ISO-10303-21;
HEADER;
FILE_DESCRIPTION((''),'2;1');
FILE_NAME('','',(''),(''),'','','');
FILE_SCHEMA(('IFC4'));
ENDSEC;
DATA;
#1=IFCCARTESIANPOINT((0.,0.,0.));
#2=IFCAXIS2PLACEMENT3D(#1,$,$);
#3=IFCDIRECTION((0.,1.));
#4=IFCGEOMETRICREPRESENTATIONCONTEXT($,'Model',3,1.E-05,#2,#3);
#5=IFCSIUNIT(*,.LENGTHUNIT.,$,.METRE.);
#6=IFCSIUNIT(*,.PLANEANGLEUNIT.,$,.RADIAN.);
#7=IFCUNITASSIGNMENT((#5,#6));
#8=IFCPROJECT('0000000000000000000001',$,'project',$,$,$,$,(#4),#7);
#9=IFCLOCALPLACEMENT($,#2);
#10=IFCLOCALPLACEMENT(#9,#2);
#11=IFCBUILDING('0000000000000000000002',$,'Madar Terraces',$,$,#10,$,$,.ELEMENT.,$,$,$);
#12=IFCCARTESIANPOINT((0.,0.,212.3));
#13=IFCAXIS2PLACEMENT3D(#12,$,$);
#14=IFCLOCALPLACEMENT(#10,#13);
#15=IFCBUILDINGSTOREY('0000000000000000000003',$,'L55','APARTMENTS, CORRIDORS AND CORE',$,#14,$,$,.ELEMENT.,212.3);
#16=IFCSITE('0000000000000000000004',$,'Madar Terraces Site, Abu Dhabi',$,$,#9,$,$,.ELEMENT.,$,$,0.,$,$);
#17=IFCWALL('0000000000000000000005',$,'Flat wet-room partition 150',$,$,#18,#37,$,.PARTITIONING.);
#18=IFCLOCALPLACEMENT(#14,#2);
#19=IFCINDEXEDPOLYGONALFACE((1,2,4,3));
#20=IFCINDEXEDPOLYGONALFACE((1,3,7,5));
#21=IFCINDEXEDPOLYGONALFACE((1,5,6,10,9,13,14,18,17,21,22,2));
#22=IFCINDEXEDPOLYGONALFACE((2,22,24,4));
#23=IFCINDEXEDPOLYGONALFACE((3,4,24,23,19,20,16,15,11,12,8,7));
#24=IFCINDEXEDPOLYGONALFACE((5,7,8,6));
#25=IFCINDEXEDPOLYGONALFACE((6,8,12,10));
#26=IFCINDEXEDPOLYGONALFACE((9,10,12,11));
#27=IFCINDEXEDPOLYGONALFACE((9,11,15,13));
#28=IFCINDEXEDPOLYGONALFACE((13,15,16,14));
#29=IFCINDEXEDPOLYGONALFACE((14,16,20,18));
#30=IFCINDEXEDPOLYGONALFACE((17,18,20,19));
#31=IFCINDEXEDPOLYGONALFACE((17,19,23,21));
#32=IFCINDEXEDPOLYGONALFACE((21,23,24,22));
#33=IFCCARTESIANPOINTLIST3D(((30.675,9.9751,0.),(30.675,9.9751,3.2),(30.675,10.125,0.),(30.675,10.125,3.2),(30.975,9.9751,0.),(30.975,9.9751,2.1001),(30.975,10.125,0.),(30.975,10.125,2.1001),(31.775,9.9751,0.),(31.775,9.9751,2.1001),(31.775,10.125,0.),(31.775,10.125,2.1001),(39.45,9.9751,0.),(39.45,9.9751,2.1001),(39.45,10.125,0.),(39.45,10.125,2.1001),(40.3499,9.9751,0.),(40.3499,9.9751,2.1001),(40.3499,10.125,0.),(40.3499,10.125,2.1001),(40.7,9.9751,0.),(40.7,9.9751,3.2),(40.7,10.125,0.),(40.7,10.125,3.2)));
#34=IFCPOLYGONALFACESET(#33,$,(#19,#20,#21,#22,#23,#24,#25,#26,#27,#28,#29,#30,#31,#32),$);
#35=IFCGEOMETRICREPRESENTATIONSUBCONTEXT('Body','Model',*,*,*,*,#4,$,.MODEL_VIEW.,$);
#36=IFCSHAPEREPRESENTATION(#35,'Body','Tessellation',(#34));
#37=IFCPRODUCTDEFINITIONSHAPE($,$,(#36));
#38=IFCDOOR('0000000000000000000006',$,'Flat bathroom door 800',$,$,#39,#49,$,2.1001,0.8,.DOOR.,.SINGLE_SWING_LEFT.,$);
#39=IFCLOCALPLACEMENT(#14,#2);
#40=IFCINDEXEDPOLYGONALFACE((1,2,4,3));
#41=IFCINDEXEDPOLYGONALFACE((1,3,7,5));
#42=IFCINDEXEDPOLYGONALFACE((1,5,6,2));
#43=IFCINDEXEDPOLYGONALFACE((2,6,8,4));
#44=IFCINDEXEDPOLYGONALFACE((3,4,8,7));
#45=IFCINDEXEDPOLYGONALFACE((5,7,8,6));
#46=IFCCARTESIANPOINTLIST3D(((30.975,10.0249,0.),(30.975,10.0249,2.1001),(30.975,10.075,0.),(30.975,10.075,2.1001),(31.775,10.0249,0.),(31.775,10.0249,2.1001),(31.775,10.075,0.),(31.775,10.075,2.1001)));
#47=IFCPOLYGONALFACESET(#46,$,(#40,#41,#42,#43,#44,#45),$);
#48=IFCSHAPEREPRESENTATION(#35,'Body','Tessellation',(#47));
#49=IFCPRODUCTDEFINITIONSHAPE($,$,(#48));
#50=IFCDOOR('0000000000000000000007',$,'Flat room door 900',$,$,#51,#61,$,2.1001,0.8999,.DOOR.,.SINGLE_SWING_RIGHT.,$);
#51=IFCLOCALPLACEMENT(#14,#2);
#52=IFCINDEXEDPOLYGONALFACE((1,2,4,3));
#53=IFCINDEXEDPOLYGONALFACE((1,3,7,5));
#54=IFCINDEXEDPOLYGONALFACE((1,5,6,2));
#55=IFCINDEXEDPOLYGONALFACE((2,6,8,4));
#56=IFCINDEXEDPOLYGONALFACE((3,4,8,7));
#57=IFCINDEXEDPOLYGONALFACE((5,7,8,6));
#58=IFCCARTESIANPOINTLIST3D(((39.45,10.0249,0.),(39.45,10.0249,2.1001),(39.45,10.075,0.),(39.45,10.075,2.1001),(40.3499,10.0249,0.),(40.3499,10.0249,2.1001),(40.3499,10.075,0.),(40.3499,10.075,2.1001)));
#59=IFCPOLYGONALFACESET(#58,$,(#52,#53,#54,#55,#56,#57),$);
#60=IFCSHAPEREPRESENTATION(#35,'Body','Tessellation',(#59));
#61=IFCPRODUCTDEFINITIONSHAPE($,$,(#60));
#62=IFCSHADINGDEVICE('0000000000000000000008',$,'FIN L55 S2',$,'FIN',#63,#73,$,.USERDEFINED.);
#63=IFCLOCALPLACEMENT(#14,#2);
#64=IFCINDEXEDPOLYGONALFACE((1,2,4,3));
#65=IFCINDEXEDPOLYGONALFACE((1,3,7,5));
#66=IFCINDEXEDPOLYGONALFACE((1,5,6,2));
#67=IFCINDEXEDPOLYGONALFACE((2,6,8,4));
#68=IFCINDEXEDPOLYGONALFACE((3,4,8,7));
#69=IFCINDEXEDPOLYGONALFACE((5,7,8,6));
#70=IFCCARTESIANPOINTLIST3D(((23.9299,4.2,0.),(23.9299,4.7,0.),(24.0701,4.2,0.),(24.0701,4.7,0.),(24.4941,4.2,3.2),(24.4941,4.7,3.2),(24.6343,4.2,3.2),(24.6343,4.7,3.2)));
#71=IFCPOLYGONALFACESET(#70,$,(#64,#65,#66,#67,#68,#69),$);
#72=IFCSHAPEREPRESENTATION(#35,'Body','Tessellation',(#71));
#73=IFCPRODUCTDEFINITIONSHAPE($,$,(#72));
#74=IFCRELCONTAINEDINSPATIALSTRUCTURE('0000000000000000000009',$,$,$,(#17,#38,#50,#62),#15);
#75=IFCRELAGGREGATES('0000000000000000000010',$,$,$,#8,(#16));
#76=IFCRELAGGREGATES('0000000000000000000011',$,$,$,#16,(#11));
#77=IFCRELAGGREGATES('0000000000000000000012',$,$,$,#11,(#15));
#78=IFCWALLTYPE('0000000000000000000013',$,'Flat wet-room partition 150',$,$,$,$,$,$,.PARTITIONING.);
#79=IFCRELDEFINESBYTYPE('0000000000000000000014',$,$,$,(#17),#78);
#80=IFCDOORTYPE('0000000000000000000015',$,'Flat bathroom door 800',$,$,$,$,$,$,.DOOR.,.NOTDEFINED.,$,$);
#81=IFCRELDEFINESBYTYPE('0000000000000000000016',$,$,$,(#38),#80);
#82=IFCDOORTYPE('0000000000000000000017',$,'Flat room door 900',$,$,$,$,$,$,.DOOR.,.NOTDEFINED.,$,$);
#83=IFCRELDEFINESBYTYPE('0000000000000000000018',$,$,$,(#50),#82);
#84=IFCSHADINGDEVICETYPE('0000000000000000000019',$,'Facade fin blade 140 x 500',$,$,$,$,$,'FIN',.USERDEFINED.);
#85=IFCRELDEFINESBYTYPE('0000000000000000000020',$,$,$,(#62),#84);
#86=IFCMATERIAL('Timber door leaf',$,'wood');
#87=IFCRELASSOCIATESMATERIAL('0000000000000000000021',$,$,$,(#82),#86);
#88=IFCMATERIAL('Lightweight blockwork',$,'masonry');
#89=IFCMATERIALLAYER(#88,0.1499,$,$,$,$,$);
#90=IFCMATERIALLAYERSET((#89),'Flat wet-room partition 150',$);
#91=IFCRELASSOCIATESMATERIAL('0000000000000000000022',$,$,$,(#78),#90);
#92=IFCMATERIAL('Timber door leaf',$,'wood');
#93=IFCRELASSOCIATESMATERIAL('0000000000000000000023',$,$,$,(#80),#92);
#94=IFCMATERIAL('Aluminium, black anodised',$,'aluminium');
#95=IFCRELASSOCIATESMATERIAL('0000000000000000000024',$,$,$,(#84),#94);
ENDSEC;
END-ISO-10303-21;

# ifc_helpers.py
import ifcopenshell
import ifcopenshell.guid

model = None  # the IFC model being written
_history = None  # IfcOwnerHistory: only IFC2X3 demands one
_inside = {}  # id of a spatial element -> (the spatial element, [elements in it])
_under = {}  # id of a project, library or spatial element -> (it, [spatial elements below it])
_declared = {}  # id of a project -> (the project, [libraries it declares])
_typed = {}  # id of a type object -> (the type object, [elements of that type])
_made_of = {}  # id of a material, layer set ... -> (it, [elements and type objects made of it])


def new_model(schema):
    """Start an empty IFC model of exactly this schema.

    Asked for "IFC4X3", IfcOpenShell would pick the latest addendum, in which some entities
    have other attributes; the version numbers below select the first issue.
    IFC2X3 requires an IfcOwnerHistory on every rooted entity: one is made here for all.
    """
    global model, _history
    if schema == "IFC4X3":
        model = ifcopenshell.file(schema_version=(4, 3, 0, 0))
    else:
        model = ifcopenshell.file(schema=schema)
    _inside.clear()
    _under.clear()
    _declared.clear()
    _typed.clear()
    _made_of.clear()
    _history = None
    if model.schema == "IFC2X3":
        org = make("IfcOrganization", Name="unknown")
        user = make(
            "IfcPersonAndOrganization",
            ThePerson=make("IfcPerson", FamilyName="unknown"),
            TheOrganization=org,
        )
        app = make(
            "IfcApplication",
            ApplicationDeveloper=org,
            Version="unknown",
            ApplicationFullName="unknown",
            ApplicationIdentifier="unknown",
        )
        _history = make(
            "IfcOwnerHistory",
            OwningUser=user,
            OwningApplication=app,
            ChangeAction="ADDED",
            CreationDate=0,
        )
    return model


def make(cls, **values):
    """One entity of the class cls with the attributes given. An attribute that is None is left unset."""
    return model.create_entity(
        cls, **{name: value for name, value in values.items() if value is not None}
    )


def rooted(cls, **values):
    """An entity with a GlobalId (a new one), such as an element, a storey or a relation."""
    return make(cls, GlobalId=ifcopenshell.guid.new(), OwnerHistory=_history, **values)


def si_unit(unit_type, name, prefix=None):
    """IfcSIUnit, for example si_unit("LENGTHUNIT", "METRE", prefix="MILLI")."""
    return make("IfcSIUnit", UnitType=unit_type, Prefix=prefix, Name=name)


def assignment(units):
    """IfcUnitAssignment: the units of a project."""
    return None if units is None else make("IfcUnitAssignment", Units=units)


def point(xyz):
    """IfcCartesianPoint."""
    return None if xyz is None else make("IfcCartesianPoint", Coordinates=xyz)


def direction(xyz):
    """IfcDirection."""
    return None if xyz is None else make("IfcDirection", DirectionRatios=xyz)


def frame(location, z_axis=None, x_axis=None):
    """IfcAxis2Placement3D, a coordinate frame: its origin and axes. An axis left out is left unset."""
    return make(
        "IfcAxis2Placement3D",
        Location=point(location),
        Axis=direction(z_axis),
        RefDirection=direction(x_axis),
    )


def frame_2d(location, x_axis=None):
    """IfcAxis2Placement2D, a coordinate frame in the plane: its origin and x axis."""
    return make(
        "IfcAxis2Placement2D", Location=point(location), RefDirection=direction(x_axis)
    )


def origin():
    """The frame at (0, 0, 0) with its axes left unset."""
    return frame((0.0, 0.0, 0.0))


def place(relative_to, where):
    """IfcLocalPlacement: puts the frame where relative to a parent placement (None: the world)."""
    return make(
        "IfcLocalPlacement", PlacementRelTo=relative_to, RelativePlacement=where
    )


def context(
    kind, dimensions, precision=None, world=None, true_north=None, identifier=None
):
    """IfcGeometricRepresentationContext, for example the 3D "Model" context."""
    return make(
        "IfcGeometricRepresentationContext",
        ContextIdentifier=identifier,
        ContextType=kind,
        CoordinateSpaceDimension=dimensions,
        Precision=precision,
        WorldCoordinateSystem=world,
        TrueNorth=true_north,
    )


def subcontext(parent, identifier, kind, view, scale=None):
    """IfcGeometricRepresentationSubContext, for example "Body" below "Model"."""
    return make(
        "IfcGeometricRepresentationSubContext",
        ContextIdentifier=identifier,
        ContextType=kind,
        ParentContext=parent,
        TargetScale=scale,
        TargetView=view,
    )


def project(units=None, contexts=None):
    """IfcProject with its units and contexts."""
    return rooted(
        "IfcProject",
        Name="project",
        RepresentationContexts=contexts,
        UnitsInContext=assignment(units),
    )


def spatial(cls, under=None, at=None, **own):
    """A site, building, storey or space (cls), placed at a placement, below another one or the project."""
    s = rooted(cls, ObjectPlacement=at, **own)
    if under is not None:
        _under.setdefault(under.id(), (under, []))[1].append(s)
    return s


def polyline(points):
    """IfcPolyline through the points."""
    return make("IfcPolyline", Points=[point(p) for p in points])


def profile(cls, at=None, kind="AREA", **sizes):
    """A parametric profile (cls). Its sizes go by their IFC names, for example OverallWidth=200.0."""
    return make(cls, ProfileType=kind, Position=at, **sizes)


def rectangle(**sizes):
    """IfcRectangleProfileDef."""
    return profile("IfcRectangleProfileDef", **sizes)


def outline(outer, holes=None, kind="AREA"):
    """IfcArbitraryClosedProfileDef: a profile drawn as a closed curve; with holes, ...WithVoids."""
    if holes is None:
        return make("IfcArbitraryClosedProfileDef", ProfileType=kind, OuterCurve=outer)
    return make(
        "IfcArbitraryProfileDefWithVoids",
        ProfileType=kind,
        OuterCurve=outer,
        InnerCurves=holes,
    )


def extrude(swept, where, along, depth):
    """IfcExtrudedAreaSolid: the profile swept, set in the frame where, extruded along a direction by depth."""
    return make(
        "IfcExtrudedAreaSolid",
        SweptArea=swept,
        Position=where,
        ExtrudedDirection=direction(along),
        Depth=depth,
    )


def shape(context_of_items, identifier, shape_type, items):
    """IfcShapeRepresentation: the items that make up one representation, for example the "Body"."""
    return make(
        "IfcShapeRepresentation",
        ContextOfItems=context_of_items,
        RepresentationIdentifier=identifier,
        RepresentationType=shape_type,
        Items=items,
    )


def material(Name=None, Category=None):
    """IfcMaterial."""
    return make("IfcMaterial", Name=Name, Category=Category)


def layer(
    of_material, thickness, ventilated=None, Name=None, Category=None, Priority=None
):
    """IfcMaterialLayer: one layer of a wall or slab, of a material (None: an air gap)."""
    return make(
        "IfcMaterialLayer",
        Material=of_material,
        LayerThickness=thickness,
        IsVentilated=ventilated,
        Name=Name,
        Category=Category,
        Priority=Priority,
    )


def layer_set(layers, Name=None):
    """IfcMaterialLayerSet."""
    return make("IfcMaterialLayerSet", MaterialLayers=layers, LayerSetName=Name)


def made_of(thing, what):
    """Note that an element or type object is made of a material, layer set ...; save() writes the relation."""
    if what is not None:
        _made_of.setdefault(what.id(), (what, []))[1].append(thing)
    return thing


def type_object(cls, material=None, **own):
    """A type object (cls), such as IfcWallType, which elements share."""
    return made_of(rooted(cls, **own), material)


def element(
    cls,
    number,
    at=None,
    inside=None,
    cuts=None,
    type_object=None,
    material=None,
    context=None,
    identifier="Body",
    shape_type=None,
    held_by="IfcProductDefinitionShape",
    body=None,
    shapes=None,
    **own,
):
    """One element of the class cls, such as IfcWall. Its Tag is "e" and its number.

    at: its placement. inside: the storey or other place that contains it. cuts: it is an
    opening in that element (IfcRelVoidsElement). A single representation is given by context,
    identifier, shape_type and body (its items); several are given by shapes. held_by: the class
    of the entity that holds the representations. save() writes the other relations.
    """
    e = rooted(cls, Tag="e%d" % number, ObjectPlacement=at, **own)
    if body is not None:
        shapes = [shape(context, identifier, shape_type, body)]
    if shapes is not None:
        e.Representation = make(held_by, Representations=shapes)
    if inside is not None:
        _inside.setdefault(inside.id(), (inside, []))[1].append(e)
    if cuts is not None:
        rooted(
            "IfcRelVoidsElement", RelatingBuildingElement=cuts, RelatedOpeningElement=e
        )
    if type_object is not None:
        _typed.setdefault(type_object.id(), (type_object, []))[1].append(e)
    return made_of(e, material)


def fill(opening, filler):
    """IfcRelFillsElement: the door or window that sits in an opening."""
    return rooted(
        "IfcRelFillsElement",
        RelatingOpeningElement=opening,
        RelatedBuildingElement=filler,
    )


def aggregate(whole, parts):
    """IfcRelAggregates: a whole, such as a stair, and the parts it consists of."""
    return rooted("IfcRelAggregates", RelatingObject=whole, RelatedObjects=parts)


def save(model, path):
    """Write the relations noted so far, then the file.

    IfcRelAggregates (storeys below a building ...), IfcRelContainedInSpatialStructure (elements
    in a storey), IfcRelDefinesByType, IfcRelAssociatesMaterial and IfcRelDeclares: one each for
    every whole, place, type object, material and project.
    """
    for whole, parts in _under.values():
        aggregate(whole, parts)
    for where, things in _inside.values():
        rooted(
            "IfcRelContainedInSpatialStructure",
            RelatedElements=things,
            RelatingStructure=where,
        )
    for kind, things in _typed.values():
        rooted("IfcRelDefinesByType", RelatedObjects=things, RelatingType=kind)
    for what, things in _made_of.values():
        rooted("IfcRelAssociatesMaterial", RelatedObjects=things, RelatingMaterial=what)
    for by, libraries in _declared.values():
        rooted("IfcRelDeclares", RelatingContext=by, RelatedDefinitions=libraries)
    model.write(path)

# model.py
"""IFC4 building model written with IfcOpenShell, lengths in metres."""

from ifc_helpers import new_model, si_unit, direction, frame, frame_2d, origin, place, context, subcontext, project, spatial, polyline, rectangle, outline, extrude, material, layer, layer_set, type_object, element, fill, save


model = new_model("IFC4")

# Units and contexts
model_context = context("Model", 3, precision=1e-05, world=origin(), true_north=direction((0.0, 1.0)))
body_context = subcontext(model_context, "Body", "Model", "MODEL_VIEW")
ifc_project = project(units=[si_unit("LENGTHUNIT", "METRE"), si_unit("PLANEANGLEUNIT", "RADIAN")], contexts=[model_context])

# Site, building, storey
site_placement = place(None, origin())
site = spatial("IfcSite", under=ifc_project, at=site_placement, Name="Madar Terraces Site, Abu Dhabi", CompositionType="ELEMENT", RefElevation=0.0)
building_placement = place(site_placement, origin())
building = spatial("IfcBuilding", under=site, at=building_placement, Name="Madar Terraces", CompositionType="ELEMENT")
storey_placement = place(building_placement, frame((0.0, 0.0, 212.3)))
storey = spatial("IfcBuildingStorey", under=building, at=storey_placement, Name="L55", Description="APARTMENTS, CORRIDORS AND CORE", CompositionType="ELEMENT", Elevation=212.3)

# Shared definitions
ifc_material_1 = material(Name="Timber door leaf", Category="wood")
door_type_1 = type_object("IfcDoorType", Name="Flat room door 900", OperationType="NOTDEFINED", PredefinedType="DOOR", material=ifc_material_1)

# Shared definitions
ifc_material_2 = material(Name="Lightweight blockwork", Category="masonry")
ifc_layer_1 = layer(ifc_material_2, 0.1499)
ifc_layer_set_1 = layer_set([ifc_layer_1], Name="Flat wet-room partition 150")
wall_type_1 = type_object("IfcWallType", Name="Flat wet-room partition 150", PredefinedType="PARTITIONING", material=ifc_layer_set_1)

# Wall, openings, doors
wall_1_placement = place(storey_placement, frame((30.675, 10.05, 0.0), z_axis=(0.0, 0.0, 1.0), x_axis=(1.0, 0.0, 0.0)))
wall_1 = element("IfcWall", 1, at=wall_1_placement, inside=storey, type_object=wall_type_1, Name="Flat wet-room partition 150", PredefinedType="PARTITIONING", context=body_context, shape_type="SweptSolid", body=[
    extrude(rectangle(XDim=10.0249, YDim=0.1499, at=frame_2d((5.0125, 0.0))), origin(), (0.0, 0.0, 1.0), 3.2),
])
opening_1_placement = place(wall_1_placement, frame((0.3, 0.0, 0.0)))
opening_1 = element("IfcOpeningElement", 2, at=opening_1_placement, cuts=wall_1, PredefinedType="OPENING", context=body_context, shape_type="SweptSolid", body=[
    extrude(rectangle(XDim=0.8, YDim=2.1001, at=frame_2d((0.3999, 1.05))), frame((0.0, 0.085, 0.0), z_axis=(0.0, -1.0, 0.0), x_axis=(1.0, 0.0, 0.0)), (0.0, 0.0, 1.0), 0.1699),
])
opening_2_placement = place(wall_1_placement, frame((8.7749, 0.0, 0.0)))
opening_2 = element("IfcOpeningElement", 3, at=opening_2_placement, cuts=wall_1, PredefinedType="OPENING", context=body_context, shape_type="SweptSolid", body=[
    extrude(rectangle(XDim=0.8999, YDim=2.1001, at=frame_2d((0.45, 1.05))), frame((0.0, 0.085, 0.0), z_axis=(0.0, -1.0, 0.0), x_axis=(1.0, 0.0, 0.0)), (0.0, 0.0, 1.0), 0.1699),
])
ifc_material_3 = material(Name="Timber door leaf", Category="wood")
door_type_2 = type_object("IfcDoorType", Name="Flat bathroom door 800", OperationType="NOTDEFINED", PredefinedType="DOOR", material=ifc_material_3)
door_1_placement = place(opening_1_placement, origin())
door_1 = element("IfcDoor", 4, at=door_1_placement, inside=storey, type_object=door_type_2, Name="Flat bathroom door 800", OperationType="SINGLE_SWING_LEFT", OverallHeight=2.1001, OverallWidth=0.8, PredefinedType="DOOR", context=body_context, shape_type="SweptSolid", body=[
    extrude(rectangle(XDim=0.8, YDim=2.1001, at=frame_2d((0.3999, 1.05))), frame((0.0, 0.0249, 0.0), z_axis=(0.0, -1.0, 0.0), x_axis=(1.0, 0.0, 0.0)), (0.0, 0.0, 1.0), 0.05),
])
fill(opening_1, door_1)
door_2_placement = place(opening_2_placement, origin())
door_2 = element("IfcDoor", 5, at=door_2_placement, inside=storey, type_object=door_type_1, Name="Flat room door 900", OperationType="SINGLE_SWING_RIGHT", OverallHeight=2.1001, OverallWidth=0.8999, PredefinedType="DOOR", context=body_context, shape_type="SweptSolid", body=[
    extrude(rectangle(XDim=0.8999, YDim=2.1001, at=frame_2d((0.45, 1.05))), frame((0.0, 0.0249, 0.0), z_axis=(0.0, -1.0, 0.0), x_axis=(1.0, 0.0, 0.0)), (0.0, 0.0, 1.0), 0.05),
])
fill(opening_2, door_2)

# Shading device
ifc_material_4 = material(Name="Aluminium, black anodised", Category="aluminium")
shading_device_type = type_object("IfcShadingDeviceType", Name="Facade fin blade 140 x 500", ElementType="FIN", PredefinedType="USERDEFINED", material=ifc_material_4)
shading_device_placement = place(storey_placement, frame((23.9299, 4.45, 0.0), z_axis=(0.0, 0.0, 1.0), x_axis=(1.0, 0.0, 0.0)))
element("IfcShadingDevice", 6, at=shading_device_placement, inside=storey, type_object=shading_device_type, Name="FIN L55 S2", ObjectType="FIN", PredefinedType="USERDEFINED", context=body_context, shape_type="SweptSolid", body=[
    extrude(outline(polyline([(0.0, 0.0), (0.1401, 0.0), (0.7043, 3.2), (0.5642, 3.2), (0.0, 0.0)])), frame((0.0, 0.25, 0.0), z_axis=(0.0, -1.0, 0.0), x_axis=(1.0, 0.0, 0.0)), (0.0, 0.0, 1.0), 0.5),
])

save(model, "model.ifc")
